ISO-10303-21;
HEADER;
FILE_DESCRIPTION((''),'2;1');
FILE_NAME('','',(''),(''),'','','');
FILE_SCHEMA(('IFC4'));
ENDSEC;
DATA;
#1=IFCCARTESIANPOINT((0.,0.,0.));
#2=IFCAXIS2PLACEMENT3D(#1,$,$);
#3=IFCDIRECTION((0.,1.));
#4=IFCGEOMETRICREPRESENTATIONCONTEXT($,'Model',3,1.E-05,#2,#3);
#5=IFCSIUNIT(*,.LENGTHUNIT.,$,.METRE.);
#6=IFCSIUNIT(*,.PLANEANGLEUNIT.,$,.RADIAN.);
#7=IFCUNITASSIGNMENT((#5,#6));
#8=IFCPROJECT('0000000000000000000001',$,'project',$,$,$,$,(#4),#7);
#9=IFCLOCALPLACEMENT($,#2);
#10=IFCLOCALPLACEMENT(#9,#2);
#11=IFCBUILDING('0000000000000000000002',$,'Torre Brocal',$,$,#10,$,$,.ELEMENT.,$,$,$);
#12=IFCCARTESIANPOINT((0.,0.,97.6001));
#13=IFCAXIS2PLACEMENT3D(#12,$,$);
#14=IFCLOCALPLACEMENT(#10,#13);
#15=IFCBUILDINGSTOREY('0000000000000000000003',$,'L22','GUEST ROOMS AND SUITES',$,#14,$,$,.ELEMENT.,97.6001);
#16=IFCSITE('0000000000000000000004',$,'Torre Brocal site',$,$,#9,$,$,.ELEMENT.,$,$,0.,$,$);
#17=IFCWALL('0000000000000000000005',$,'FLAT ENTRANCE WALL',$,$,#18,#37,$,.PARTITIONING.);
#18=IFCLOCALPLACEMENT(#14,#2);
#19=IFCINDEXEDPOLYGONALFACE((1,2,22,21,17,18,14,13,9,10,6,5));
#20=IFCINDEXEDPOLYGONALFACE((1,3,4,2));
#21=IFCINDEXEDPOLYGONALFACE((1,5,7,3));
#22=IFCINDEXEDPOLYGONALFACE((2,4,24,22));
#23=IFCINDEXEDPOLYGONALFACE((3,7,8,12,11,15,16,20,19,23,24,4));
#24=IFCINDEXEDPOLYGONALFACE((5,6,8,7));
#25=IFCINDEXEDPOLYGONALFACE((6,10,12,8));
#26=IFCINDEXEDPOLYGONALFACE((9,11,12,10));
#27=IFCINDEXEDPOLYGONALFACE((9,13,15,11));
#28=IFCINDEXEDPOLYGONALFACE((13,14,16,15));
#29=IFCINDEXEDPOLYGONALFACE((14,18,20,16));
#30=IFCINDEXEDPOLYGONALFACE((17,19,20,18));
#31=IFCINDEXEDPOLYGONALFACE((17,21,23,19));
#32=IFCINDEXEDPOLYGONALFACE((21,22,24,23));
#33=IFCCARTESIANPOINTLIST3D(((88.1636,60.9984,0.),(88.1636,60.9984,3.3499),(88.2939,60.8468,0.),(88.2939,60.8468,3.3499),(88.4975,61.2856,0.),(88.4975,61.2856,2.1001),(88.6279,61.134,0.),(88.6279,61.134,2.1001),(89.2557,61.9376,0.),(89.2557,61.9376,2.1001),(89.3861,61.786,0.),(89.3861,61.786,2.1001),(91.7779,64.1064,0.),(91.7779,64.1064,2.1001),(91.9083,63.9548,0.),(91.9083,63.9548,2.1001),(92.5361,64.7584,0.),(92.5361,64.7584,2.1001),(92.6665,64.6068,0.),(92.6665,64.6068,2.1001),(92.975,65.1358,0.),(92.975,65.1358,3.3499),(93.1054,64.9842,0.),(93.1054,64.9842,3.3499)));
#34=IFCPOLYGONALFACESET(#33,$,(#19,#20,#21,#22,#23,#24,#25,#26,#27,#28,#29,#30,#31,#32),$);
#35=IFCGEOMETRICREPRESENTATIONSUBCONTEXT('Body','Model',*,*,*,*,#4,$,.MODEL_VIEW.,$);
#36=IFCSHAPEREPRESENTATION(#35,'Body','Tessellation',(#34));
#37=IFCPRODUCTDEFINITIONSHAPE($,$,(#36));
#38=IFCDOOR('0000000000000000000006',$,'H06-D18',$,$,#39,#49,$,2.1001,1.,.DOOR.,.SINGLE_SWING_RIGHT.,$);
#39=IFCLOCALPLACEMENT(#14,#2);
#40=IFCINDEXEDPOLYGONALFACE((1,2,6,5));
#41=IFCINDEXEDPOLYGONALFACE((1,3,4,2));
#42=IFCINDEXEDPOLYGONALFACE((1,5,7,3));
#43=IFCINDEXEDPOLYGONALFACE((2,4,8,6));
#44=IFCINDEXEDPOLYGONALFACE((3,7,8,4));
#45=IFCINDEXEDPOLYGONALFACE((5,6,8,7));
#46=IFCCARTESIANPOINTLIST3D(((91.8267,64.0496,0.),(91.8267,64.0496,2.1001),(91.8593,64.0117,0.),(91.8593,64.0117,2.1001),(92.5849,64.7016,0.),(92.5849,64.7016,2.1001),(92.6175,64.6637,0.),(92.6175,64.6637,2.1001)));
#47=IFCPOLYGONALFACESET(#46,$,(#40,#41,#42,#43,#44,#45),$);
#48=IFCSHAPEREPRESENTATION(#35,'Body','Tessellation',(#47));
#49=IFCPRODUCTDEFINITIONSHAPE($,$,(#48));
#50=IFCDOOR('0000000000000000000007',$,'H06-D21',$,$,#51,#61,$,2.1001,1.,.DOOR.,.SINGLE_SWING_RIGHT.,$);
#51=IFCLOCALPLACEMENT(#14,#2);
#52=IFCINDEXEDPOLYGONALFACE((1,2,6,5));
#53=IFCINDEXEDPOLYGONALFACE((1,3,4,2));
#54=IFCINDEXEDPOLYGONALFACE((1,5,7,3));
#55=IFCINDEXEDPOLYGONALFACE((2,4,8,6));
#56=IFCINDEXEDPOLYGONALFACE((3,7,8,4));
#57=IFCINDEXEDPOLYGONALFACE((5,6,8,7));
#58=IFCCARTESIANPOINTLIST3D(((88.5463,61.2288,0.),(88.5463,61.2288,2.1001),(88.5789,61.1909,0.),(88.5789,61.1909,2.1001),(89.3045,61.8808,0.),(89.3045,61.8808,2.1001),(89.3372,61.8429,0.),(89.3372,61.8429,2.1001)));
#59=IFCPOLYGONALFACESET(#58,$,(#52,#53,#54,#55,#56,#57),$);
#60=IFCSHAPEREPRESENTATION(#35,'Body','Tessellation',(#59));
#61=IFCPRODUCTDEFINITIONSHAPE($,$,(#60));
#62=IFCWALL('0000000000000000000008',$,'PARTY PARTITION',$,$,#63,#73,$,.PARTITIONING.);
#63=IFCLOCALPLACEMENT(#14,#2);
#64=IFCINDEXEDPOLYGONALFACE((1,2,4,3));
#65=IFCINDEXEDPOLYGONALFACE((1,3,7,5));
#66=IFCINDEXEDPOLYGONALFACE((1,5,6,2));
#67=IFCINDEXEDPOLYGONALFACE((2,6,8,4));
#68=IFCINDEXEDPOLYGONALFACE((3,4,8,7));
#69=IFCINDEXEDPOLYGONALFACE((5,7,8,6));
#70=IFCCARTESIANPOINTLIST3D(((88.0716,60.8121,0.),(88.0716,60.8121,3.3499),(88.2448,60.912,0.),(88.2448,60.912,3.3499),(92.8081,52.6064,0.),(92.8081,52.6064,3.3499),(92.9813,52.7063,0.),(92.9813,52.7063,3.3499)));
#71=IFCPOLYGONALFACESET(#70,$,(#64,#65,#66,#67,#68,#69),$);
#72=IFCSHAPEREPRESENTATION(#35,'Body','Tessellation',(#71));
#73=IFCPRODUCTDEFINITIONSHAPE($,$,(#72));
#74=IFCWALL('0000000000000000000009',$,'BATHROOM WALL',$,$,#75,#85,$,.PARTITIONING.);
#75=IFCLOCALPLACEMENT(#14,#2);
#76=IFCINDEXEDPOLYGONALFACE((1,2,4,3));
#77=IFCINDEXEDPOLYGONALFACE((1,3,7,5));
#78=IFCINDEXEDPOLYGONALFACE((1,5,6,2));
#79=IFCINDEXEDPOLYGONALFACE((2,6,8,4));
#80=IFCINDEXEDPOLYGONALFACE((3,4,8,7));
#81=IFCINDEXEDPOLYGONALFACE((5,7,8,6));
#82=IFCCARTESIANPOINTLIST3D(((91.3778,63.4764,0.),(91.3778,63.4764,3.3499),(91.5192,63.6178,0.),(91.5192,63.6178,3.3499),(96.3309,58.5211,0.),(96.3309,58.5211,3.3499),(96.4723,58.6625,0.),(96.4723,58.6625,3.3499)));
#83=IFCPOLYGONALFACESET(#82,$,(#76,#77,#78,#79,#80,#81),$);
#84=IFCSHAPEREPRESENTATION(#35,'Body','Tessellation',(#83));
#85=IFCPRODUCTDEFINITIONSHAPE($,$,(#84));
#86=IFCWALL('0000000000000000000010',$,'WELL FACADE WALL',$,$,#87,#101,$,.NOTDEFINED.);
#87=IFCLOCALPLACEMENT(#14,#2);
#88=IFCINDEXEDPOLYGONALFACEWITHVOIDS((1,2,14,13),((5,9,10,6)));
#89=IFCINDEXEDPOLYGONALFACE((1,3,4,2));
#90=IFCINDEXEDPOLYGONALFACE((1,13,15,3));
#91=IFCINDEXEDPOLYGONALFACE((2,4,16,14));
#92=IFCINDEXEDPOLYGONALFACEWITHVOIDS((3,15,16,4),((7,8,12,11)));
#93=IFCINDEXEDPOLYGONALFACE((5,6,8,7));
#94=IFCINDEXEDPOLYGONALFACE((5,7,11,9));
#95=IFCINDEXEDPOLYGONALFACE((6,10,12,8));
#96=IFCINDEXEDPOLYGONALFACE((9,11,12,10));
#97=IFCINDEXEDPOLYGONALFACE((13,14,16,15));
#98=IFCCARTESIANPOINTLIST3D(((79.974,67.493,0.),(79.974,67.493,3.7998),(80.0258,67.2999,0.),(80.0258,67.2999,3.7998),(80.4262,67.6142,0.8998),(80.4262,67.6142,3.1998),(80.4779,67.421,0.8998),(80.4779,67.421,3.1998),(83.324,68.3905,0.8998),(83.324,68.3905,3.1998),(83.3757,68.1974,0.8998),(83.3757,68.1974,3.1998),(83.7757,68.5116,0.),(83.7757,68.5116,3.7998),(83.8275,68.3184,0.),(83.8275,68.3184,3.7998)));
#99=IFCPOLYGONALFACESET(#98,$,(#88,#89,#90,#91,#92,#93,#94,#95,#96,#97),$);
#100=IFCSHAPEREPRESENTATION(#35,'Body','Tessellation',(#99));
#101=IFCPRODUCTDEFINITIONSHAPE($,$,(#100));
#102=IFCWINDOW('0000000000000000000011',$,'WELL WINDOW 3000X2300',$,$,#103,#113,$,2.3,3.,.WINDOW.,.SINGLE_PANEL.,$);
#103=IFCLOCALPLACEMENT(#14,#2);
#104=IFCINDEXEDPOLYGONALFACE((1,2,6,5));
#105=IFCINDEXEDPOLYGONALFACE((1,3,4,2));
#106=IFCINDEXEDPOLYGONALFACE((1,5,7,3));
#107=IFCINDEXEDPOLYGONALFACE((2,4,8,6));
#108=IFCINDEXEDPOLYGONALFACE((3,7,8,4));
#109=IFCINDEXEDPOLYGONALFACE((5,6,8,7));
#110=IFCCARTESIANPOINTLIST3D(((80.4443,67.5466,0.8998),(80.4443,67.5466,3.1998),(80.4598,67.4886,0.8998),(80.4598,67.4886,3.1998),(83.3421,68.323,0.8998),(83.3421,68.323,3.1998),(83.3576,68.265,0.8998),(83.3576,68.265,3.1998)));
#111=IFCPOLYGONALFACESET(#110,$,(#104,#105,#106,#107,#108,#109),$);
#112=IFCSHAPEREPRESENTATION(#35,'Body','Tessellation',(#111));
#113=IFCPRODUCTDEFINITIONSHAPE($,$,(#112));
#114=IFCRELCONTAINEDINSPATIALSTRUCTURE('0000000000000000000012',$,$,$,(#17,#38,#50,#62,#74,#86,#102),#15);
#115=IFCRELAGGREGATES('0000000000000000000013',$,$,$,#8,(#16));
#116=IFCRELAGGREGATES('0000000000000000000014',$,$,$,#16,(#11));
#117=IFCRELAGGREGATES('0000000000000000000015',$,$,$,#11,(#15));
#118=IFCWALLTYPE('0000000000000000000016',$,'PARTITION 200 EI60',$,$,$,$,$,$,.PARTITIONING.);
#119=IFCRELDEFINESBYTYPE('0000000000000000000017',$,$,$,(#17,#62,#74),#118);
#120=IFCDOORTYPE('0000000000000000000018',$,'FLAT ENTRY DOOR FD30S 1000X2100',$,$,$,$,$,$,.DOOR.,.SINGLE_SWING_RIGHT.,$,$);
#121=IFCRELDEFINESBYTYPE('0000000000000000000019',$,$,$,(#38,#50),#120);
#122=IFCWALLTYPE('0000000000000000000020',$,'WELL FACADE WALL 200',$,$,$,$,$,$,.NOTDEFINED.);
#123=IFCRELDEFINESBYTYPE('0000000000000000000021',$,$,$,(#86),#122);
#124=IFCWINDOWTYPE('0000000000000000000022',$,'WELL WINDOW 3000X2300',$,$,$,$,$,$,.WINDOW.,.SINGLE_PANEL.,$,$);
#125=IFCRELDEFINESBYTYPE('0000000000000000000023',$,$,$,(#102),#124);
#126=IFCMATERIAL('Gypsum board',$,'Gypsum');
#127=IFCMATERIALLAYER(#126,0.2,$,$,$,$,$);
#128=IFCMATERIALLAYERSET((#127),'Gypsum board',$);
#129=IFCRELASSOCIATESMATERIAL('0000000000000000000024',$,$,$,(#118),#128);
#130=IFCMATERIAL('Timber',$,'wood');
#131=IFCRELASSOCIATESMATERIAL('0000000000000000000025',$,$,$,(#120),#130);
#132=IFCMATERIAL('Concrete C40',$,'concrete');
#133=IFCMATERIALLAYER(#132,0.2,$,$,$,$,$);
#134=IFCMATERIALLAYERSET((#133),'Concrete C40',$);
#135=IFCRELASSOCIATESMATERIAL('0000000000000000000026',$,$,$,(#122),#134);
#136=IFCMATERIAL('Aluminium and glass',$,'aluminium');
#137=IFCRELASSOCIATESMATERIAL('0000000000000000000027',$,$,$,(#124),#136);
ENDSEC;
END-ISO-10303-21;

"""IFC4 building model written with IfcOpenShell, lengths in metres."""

from ifc_helpers import new_model, si_unit, direction, frame, frame_2d, origin, place, context, subcontext, project, spatial, rectangle, extrude, material, layer, layer_set, type_object, element, fill, save


model = new_model("IFC4")

# Units and contexts
model_context = context("Model", 3, precision=1e-05, world=origin(), true_north=direction((0.0, 1.0)))
body_context = subcontext(model_context, "Body", "Model", "MODEL_VIEW")
ifc_project = project(units=[si_unit("LENGTHUNIT", "METRE"), si_unit("PLANEANGLEUNIT", "RADIAN")], contexts=[model_context])

# Site, building, storey
site_placement = place(None, origin())
site = spatial("IfcSite", under=ifc_project, at=site_placement, Name="Torre Brocal site", CompositionType="ELEMENT", RefElevation=0.0)
building_placement = place(site_placement, origin())
building = spatial("IfcBuilding", under=site, at=building_placement, Name="Torre Brocal", CompositionType="ELEMENT")
storey_placement = place(building_placement, frame((0.0, 0.0, 97.6001)))
storey = spatial("IfcBuildingStorey", under=building, at=storey_placement, Name="L22", Description="GUEST ROOMS AND SUITES", CompositionType="ELEMENT", Elevation=97.6001)

# Shared definitions
ifc_material_1 = material(Name="Gypsum board", Category="Gypsum")
ifc_layer_1 = layer(ifc_material_1, 0.2)
ifc_layer_set_1 = layer_set([ifc_layer_1], Name="Gypsum board")
wall_type_1 = type_object("IfcWallType", Name="PARTITION 200 EI60", PredefinedType="PARTITIONING", material=ifc_layer_set_1)

# Wall, openings, doors
wall_1_placement = place(storey_placement, frame((88.2288, 60.9226, 0.0), z_axis=(0.0, 0.0, 1.0), x_axis=(0.758221, 0.651998, 0.0)))
wall_1 = element("IfcWall", 1, at=wall_1_placement, inside=storey, type_object=wall_type_1, Name="FLAT ENTRANCE WALL", PredefinedType="PARTITIONING", context=body_context, shape_type="SweptSolid", body=[
    extrude(rectangle(XDim=6.3457, YDim=0.2, at=frame_2d((3.1729, 0.0))), origin(), (0.0, 0.0, 1.0), 3.3499),
])
opening_1_placement = place(wall_1_placement, frame((4.7668, 0.0, 0.0)))
opening_1 = element("IfcOpeningElement", 2, at=opening_1_placement, cuts=wall_1, PredefinedType="OPENING", context=body_context, shape_type="SweptSolid", body=[
    extrude(rectangle(XDim=1.0, YDim=2.1001, at=frame_2d((0.5, 1.05))), frame((0.0, 0.1099, 0.0), z_axis=(0.0, -1.0, 0.0), x_axis=(1.0, 0.0, 0.0)), (0.0, 0.0, 1.0), 0.22),
])
opening_2_placement = place(wall_1_placement, frame((0.4404, 0.0, 0.0)))
opening_2 = element("IfcOpeningElement", 3, at=opening_2_placement, cuts=wall_1, PredefinedType="OPENING", context=body_context, shape_type="SweptSolid", body=[
    extrude(rectangle(XDim=1.0, YDim=2.1001, at=frame_2d((0.5, 1.05))), frame((0.0, 0.1099, 0.0), z_axis=(0.0, -1.0, 0.0), x_axis=(1.0, 0.0, 0.0)), (0.0, 0.0, 1.0), 0.22),
])
ifc_material_2 = material(Name="Timber", Category="wood")
door_type_1 = type_object("IfcDoorType", Name="FLAT ENTRY DOOR FD30S 1000X2100", OperationType="SINGLE_SWING_RIGHT", PredefinedType="DOOR", material=ifc_material_2)
door_1_placement = place(opening_1_placement, frame((1.0, 0.0, 0.0), z_axis=(0.0, 0.0, 1.0), x_axis=(-1.0, 0.0, 0.0)))
door_1 = element("IfcDoor", 4, at=door_1_placement, inside=storey, type_object=door_type_1, Name="H06-D18", OperationType="SINGLE_SWING_RIGHT", OverallHeight=2.1001, OverallWidth=1.0, PredefinedType="DOOR", context=body_context, shape_type="SweptSolid", body=[
    extrude(rectangle(XDim=1.0, YDim=2.1001, at=frame_2d((0.5, 1.05))), frame((0.0, 0.0249, 0.0), z_axis=(0.0, -1.0, 0.0), x_axis=(1.0, 0.0, 0.0)), (0.0, 0.0, 1.0), 0.05),
])
fill(opening_1, door_1)
door_2_placement = place(opening_2_placement, frame((1.0, 0.0, 0.0), z_axis=(0.0, 0.0, 1.0), x_axis=(-1.0, 0.0, 0.0)))
door_2 = element("IfcDoor", 5, at=door_2_placement, inside=storey, type_object=door_type_1, Name="H06-D21", OperationType="SINGLE_SWING_RIGHT", OverallHeight=2.1001, OverallWidth=1.0, PredefinedType="DOOR", context=body_context, shape_type="SweptSolid", body=[
    extrude(rectangle(XDim=1.0, YDim=2.1001, at=frame_2d((0.5, 1.05))), frame((0.0, 0.0249, 0.0), z_axis=(0.0, -1.0, 0.0), x_axis=(1.0, 0.0, 0.0)), (0.0, 0.0, 1.0), 0.05),
])
fill(opening_2, door_2)

# Walls
wall_2_placement = place(storey_placement, frame((88.1582, 60.8621, 0.0), z_axis=(0.0, 0.0, 1.0), x_axis=(0.499917, -0.866074, 0.0)))
element("IfcWall", 6, at=wall_2_placement, inside=storey, type_object=wall_type_1, Name="PARTY PARTITION", PredefinedType="PARTITIONING", context=body_context, shape_type="SweptSolid", body=[
    extrude(rectangle(XDim=9.4746, YDim=0.2, at=frame_2d((4.7373, 0.0))), origin(), (0.0, 0.0, 1.0), 3.3499),
])
wall_3_placement = place(storey_placement, frame((91.4485, 63.5471, 0.0), z_axis=(0.0, 0.0, 1.0), x_axis=(0.70695, -0.707264, 0.0)))
element("IfcWall", 7, at=wall_3_placement, inside=storey, type_object=wall_type_1, Name="BATHROOM WALL", PredefinedType="PARTITIONING", context=body_context, shape_type="SweptSolid", body=[
    extrude(rectangle(XDim=7.0063, YDim=0.2, at=frame_2d((3.5032, 0.0))), origin(), (0.0, 0.0, 1.0), 3.3499),
])

# Wall, opening, window
ifc_material_3 = material(Name="Concrete C40", Category="concrete")
ifc_layer_2 = layer(ifc_material_3, 0.2)
ifc_layer_set_2 = layer_set([ifc_layer_2], Name="Concrete C40")
wall_type_2 = type_object("IfcWallType", Name="WELL FACADE WALL 200", PredefinedType="NOTDEFINED", material=ifc_layer_set_2)
wall_4_placement = place(storey_placement, frame((80.0, 67.3965, 0.0), z_axis=(0.0, 0.0, 1.0), x_axis=(0.965934, 0.25879, 0.0)))
wall_4 = element("IfcWall", 8, at=wall_4_placement, inside=storey, type_object=wall_type_2, Name="WELL FACADE WALL", PredefinedType="NOTDEFINED", context=body_context, shape_type="SweptSolid", body=[
    extrude(rectangle(XDim=3.9358, YDim=0.2, at=frame_2d((1.9678, 0.0))), origin(), (0.0, 0.0, 1.0), 3.7998),
])
opening_3_placement = place(wall_4_placement, frame((0.468, 0.0, 0.8999)))
opening_3 = element("IfcOpeningElement", 9, at=opening_3_placement, cuts=wall_4, PredefinedType="OPENING", context=body_context, shape_type="SweptSolid", body=[
    extrude(rectangle(XDim=3.0, YDim=2.3, at=frame_2d((1.5, 1.1499))), frame((0.0, 0.1099, 0.0), z_axis=(0.0, -1.0, 0.0), x_axis=(1.0, 0.0, 0.0)), (0.0, 0.0, 1.0), 0.22),
])
ifc_material_4 = material(Name="Aluminium and glass", Category="aluminium")
window_type = type_object("IfcWindowType", Name="WELL WINDOW 3000X2300", PartitioningType="SINGLE_PANEL", PredefinedType="WINDOW", material=ifc_material_4)
window_placement = place(opening_3_placement, origin())
window = element("IfcWindow", 10, at=window_placement, inside=storey, type_object=window_type, Name="WELL WINDOW 3000X2300", OverallHeight=2.3, OverallWidth=3.0, PartitioningType="SINGLE_PANEL", PredefinedType="WINDOW", context=body_context, shape_type="SweptSolid", body=[
    extrude(rectangle(XDim=3.0, YDim=2.3, at=frame_2d((1.5, 1.1499))), frame((0.0, 0.03, 0.0), z_axis=(0.0, -1.0, 0.0), x_axis=(1.0, 0.0, 0.0)), (0.0, 0.0, 1.0), 0.0601),
])
fill(opening_3, window)

save(model, "model.ifc")
